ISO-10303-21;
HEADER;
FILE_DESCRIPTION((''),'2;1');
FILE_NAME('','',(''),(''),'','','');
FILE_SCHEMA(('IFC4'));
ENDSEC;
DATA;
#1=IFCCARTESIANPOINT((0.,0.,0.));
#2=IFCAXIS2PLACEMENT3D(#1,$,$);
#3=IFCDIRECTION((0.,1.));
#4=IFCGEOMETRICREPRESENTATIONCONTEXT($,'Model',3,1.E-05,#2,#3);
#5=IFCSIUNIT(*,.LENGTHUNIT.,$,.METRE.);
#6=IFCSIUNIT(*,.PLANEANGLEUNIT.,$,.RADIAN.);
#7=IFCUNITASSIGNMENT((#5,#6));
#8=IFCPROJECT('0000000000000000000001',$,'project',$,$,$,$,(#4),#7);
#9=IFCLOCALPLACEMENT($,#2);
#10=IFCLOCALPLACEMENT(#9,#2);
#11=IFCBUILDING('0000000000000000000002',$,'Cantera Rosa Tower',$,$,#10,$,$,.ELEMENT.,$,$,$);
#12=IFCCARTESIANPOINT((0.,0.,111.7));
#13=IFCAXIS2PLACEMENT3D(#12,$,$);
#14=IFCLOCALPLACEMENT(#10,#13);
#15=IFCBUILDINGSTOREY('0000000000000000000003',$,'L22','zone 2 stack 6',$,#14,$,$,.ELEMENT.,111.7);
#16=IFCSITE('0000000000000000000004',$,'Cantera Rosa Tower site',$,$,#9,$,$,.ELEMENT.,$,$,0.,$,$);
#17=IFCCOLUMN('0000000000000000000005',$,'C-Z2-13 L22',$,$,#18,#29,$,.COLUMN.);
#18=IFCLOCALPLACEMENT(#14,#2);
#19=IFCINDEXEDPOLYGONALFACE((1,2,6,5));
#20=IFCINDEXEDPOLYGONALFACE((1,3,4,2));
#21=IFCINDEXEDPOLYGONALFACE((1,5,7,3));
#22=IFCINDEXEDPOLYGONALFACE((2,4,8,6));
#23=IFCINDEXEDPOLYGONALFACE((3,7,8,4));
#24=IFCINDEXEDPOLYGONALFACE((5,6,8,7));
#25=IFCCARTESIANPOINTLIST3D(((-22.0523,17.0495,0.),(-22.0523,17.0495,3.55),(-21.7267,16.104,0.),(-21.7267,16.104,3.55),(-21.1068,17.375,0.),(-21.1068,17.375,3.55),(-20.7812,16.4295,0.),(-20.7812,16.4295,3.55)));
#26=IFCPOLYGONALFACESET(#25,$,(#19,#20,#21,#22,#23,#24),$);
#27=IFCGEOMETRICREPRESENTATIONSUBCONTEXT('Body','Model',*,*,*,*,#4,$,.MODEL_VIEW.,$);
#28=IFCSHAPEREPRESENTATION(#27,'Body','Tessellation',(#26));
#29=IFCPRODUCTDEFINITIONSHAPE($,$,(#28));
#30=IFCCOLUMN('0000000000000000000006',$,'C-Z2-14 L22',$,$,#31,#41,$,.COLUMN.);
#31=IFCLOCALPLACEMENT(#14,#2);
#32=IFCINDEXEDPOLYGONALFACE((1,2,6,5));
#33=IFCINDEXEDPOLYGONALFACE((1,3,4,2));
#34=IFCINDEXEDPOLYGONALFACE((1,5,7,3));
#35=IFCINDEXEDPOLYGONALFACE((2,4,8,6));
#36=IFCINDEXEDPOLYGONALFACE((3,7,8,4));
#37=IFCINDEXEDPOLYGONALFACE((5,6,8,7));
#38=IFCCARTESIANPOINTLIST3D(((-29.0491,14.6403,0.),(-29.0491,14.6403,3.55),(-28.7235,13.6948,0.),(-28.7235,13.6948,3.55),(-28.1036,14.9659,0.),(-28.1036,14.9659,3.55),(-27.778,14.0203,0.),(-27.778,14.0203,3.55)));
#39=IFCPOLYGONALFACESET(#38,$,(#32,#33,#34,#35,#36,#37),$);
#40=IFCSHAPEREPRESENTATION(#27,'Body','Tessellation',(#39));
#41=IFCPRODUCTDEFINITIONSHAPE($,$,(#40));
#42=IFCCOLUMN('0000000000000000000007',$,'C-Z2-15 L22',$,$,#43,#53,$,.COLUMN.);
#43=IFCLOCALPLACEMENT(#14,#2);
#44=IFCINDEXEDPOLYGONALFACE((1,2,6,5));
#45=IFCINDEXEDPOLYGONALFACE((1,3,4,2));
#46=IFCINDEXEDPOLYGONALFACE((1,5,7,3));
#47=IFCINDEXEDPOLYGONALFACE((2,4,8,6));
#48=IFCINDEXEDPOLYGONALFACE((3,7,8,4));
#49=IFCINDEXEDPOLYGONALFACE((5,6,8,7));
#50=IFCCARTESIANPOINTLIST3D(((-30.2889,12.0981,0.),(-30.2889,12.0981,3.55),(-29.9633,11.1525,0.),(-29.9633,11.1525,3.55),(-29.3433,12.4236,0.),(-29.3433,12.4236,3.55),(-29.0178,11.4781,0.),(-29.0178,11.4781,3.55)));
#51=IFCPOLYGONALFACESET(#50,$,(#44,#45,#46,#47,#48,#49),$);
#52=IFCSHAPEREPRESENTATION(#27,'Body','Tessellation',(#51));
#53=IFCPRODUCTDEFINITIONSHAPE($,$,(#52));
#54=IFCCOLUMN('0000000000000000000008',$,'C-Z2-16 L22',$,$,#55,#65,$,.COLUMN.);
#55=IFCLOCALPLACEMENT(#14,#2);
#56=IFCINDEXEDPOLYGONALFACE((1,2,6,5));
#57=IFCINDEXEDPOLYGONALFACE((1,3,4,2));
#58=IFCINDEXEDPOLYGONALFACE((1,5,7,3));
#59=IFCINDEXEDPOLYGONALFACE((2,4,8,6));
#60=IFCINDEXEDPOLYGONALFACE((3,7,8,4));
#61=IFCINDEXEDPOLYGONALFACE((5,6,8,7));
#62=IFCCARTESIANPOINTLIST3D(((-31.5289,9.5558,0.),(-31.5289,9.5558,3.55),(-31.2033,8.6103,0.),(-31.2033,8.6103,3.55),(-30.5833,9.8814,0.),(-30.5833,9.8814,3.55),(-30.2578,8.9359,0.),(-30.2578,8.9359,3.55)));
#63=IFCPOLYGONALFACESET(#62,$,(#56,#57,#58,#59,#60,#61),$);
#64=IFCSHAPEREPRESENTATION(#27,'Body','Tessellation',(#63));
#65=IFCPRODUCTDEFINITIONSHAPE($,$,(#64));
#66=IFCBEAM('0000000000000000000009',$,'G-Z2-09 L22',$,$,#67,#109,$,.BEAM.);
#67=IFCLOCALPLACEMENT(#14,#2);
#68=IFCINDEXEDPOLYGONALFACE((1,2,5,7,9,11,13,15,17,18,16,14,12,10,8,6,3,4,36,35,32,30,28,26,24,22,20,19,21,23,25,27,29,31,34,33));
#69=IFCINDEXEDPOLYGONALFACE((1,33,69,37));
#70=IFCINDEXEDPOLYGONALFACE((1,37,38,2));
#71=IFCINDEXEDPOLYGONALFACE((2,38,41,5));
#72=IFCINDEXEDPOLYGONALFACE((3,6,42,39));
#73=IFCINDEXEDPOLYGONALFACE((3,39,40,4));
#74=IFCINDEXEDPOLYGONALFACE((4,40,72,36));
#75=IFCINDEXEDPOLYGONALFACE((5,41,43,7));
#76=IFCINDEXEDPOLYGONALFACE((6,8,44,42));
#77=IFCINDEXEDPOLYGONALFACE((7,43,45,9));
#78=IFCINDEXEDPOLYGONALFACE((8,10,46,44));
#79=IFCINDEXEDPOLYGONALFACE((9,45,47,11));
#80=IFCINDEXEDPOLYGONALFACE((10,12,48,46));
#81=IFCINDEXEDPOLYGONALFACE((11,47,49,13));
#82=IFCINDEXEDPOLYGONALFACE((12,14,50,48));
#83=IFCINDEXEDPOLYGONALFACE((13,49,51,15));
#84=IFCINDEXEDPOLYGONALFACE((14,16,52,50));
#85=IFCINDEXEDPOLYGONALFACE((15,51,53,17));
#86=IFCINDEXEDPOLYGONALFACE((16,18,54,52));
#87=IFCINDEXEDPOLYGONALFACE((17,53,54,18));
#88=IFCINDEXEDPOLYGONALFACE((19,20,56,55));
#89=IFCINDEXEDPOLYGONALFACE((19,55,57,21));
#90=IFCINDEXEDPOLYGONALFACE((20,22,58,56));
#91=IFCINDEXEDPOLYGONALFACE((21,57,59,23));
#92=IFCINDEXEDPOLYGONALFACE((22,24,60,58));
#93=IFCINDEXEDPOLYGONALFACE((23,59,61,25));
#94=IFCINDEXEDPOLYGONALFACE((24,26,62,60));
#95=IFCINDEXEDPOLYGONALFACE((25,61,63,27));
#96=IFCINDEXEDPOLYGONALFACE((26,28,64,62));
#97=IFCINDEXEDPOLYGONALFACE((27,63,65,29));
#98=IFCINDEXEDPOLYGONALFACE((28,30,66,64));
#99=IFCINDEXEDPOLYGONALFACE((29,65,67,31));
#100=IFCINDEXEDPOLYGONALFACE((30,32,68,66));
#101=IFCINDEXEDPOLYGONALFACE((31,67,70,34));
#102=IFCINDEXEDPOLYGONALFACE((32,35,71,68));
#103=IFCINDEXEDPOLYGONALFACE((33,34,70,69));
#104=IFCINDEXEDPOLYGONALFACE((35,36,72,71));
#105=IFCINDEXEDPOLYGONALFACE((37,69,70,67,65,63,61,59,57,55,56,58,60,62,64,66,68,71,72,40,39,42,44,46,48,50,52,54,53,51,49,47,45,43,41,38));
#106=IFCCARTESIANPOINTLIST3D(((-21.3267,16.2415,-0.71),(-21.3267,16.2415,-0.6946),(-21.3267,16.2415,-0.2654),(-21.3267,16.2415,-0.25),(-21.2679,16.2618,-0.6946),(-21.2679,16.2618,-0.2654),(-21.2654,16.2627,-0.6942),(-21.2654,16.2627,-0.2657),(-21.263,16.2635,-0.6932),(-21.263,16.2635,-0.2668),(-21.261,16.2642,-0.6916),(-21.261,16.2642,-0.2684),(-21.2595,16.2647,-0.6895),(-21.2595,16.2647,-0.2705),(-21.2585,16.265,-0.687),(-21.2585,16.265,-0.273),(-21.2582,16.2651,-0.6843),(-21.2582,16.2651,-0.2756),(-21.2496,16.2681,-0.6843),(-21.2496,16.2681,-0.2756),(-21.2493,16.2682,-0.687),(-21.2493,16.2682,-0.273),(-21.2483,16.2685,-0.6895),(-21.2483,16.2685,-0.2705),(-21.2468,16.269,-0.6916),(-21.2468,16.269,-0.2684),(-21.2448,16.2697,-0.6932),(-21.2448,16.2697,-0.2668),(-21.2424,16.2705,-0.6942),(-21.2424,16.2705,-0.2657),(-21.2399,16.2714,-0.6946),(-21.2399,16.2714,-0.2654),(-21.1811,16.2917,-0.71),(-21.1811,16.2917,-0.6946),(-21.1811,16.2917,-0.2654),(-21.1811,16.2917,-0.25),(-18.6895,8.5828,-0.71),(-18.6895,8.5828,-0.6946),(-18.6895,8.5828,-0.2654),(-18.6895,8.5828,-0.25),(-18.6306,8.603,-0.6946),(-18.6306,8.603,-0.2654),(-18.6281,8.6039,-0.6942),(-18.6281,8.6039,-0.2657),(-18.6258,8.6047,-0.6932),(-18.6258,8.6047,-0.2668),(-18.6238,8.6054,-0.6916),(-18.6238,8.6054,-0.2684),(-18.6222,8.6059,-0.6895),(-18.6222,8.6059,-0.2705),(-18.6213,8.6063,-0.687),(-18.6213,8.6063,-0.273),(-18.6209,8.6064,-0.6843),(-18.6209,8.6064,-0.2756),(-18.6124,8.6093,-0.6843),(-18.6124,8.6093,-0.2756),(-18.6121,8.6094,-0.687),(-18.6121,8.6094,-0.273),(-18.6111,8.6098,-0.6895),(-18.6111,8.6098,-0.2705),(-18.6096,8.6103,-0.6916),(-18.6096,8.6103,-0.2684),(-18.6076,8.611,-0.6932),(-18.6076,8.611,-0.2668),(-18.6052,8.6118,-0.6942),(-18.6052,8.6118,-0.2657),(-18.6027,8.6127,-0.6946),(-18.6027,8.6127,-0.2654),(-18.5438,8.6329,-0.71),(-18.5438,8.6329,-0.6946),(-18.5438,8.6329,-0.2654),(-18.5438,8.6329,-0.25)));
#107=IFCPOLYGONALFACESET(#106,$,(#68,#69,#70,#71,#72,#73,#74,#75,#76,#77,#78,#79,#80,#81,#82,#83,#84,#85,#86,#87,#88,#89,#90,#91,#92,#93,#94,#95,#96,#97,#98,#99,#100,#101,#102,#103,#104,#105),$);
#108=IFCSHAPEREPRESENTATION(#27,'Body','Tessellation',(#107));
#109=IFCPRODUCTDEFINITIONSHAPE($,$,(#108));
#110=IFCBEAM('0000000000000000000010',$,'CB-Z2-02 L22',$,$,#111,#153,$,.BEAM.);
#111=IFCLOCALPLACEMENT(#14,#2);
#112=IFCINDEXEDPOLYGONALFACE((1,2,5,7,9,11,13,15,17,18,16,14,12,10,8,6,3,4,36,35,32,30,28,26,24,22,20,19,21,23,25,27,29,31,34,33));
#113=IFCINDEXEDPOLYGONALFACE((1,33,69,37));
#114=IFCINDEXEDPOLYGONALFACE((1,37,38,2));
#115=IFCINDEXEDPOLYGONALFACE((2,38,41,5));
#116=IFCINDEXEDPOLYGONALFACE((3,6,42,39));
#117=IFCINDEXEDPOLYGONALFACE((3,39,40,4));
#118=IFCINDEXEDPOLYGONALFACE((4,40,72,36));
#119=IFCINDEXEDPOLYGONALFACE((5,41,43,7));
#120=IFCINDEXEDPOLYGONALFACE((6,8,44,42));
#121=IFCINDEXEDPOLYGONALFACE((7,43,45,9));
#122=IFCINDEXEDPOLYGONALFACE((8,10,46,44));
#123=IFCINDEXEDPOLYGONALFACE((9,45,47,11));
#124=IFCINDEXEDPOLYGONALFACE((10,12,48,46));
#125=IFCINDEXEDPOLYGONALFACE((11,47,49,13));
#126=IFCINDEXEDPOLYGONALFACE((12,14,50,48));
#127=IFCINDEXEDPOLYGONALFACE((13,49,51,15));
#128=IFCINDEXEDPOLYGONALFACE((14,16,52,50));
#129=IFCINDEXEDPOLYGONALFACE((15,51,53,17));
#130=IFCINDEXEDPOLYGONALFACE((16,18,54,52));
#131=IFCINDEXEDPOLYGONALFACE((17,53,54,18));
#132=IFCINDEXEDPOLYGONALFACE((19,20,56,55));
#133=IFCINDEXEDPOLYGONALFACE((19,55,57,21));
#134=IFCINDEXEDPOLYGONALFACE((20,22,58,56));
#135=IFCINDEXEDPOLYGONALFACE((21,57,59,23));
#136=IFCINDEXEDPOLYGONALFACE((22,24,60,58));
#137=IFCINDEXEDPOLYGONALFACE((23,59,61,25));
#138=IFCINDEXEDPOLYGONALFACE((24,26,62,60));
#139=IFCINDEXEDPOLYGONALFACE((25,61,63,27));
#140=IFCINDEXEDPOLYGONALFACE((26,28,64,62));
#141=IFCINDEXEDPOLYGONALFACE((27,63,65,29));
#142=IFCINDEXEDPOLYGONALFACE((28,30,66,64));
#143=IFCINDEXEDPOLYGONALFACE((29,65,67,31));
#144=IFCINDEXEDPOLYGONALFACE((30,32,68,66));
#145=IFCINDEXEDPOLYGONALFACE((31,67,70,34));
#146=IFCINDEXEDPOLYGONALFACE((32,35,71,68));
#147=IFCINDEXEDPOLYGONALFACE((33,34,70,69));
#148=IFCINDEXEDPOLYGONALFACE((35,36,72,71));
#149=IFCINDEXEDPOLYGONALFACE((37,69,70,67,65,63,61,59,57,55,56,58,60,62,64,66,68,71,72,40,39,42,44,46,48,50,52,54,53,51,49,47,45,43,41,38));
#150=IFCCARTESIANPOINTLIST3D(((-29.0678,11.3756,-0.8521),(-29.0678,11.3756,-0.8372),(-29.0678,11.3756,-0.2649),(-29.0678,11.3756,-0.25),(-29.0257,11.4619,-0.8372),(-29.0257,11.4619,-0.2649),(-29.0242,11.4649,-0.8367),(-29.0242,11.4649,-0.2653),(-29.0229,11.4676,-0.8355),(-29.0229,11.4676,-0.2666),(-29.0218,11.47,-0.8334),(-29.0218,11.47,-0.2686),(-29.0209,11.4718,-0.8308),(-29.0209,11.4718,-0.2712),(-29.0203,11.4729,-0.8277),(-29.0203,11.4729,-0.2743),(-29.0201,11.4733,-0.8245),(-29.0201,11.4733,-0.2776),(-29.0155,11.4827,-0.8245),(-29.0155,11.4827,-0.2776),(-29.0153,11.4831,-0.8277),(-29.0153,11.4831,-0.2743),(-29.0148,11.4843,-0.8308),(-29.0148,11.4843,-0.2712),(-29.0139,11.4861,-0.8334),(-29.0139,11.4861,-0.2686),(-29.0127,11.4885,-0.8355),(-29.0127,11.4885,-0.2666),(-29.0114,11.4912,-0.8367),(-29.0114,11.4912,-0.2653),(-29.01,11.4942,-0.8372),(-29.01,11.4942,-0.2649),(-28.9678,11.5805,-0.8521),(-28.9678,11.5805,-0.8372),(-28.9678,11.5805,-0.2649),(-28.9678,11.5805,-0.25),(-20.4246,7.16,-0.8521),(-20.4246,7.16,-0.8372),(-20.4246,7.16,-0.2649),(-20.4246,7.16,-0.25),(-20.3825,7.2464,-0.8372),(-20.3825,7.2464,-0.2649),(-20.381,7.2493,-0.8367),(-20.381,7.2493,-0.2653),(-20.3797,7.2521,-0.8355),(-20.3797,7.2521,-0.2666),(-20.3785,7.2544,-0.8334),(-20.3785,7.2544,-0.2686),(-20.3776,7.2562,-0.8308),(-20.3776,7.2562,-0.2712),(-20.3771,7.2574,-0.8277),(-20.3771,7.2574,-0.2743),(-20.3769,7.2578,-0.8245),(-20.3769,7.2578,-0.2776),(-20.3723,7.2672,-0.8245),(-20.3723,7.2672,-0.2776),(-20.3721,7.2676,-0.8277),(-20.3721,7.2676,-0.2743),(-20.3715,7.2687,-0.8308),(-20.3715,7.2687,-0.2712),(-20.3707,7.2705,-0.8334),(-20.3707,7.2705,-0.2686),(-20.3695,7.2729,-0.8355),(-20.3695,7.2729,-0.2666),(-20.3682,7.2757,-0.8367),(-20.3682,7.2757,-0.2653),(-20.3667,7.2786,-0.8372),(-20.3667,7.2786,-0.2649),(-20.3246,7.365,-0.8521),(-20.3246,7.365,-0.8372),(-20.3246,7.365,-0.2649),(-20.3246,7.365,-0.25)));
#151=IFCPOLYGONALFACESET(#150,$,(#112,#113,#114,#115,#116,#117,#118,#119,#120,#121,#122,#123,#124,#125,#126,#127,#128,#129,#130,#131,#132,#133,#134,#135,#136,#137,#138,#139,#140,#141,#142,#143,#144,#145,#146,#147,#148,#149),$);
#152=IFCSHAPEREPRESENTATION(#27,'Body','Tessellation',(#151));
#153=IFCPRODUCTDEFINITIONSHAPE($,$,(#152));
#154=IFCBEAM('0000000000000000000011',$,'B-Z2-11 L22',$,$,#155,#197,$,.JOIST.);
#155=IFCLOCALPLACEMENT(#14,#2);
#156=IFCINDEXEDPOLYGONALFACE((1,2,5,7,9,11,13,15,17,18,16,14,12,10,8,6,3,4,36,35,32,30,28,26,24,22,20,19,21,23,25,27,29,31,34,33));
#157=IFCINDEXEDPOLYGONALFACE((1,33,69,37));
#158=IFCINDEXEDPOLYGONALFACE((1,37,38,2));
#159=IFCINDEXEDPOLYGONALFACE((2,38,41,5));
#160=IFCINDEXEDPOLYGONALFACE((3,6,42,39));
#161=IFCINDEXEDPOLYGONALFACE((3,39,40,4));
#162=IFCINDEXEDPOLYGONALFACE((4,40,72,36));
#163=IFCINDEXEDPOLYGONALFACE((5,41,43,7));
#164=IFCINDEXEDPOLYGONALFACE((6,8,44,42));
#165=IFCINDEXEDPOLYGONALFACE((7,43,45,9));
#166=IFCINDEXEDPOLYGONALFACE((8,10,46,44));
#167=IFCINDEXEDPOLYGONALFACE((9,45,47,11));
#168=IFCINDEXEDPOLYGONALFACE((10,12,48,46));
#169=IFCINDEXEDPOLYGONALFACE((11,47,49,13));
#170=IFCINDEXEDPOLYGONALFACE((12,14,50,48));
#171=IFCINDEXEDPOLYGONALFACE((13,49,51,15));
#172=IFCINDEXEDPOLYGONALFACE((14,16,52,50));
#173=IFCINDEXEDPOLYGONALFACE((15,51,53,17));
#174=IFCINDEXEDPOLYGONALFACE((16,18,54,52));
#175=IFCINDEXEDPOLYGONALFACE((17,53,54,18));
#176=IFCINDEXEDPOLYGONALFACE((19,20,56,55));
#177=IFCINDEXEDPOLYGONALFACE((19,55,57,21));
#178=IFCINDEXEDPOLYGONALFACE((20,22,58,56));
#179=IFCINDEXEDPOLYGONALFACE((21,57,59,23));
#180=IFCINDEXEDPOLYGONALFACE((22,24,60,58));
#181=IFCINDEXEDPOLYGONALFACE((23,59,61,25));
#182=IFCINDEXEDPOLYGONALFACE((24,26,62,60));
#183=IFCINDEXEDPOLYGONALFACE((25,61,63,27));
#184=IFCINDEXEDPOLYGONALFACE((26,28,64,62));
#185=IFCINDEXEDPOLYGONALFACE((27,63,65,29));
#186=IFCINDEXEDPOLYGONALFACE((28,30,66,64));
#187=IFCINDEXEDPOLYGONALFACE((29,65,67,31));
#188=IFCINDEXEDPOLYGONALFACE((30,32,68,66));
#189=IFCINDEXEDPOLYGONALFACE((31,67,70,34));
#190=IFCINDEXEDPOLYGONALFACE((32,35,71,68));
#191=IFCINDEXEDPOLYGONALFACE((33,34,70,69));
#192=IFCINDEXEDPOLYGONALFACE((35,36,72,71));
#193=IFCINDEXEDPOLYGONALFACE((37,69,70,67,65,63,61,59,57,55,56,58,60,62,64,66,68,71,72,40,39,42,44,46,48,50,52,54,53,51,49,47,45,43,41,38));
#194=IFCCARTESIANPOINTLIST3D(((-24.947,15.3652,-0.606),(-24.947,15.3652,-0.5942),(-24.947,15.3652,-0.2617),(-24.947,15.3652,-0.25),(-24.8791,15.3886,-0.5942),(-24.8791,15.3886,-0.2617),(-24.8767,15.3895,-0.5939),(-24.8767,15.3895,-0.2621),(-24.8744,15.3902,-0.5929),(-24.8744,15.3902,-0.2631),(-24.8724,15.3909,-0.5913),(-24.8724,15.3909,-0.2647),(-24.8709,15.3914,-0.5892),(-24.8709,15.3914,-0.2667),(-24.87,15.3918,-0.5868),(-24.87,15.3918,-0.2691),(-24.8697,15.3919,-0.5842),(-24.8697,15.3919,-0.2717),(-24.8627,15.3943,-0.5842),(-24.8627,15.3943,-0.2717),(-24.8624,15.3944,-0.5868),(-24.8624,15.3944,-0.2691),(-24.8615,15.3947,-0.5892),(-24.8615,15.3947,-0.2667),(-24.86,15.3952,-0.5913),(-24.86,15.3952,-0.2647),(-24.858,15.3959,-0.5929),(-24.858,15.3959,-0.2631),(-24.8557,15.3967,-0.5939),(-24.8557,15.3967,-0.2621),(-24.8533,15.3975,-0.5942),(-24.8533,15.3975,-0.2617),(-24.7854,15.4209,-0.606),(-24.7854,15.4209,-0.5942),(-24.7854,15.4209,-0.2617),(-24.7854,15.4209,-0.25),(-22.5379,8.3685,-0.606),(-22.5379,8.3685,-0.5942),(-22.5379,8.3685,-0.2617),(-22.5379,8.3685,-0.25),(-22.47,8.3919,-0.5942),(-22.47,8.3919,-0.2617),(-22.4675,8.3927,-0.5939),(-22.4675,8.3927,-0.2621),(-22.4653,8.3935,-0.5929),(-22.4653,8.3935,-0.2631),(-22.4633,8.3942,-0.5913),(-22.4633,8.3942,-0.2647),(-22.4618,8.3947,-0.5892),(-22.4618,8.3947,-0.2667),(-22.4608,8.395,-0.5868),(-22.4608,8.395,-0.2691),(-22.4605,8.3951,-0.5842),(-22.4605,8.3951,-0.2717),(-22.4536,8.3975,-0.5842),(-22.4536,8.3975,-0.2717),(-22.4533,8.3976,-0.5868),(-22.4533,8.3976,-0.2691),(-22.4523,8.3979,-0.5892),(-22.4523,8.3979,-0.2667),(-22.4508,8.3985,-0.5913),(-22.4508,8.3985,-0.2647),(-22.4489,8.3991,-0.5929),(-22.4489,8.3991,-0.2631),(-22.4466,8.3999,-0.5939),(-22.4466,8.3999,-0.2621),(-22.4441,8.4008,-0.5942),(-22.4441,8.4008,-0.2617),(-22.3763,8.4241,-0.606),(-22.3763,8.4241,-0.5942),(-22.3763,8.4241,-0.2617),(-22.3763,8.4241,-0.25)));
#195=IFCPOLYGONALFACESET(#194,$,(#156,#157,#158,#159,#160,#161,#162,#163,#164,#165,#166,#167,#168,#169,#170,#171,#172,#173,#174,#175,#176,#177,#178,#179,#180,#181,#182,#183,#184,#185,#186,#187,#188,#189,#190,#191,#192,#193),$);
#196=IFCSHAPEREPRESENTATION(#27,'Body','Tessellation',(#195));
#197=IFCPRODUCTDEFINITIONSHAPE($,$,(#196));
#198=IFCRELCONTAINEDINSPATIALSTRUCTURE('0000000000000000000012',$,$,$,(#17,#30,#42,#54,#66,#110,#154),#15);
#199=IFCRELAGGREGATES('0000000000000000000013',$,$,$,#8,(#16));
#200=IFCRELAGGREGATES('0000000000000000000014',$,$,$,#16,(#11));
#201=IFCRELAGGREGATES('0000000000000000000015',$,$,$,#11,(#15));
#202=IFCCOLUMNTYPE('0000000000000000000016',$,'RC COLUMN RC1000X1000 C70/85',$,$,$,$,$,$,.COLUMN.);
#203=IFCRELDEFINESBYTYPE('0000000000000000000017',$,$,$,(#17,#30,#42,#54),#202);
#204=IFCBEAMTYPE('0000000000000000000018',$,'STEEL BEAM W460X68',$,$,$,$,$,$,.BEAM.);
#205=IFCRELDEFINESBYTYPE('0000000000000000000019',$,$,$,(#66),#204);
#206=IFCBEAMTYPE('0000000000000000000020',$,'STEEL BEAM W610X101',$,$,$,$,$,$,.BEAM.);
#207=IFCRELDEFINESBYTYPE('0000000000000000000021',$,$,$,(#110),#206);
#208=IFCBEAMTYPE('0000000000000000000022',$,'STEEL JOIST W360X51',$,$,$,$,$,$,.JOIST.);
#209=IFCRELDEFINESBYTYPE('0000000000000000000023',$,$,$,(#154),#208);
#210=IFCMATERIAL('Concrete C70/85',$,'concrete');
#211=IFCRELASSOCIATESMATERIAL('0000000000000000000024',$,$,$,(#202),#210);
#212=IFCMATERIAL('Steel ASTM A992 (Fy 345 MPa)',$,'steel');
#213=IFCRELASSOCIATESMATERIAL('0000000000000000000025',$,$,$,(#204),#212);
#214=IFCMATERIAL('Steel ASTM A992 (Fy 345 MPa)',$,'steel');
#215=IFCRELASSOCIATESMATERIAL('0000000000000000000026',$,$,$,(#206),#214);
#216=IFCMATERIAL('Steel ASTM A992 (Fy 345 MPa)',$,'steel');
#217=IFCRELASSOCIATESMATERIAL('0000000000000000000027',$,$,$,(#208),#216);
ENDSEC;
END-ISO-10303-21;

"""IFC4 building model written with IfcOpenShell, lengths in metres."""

from ifc_helpers import new_model, si_unit, direction, frame, origin, origin_2d, place, context, subcontext, project, spatial, rectangle, i_section, extrude, material, material_profile, profile_set, type_object, element, save


model = new_model("IFC4")

# Units and contexts
model_context = context("Model", 3, precision=1e-05, world=origin(), true_north=direction((0.0, 1.0)))
body_context = subcontext(model_context, "Body", "Model", "MODEL_VIEW")
ifc_project = project(units=[si_unit("LENGTHUNIT", "METRE"), si_unit("PLANEANGLEUNIT", "RADIAN")], contexts=[model_context])

# Site, building, storey
site_placement = place(None, origin())
site = spatial("IfcSite", under=ifc_project, at=site_placement, Name="Cantera Rosa Tower site", CompositionType="ELEMENT", RefElevation=0.0)
building_placement = place(site_placement, origin())
building = spatial("IfcBuilding", under=site, at=building_placement, Name="Cantera Rosa Tower", CompositionType="ELEMENT")
storey_placement = place(building_placement, frame((0.0, 0.0, 111.7)))
storey = spatial("IfcBuildingStorey", under=building, at=storey_placement, Name="L22", Description="zone 2 stack 6", CompositionType="ELEMENT", Elevation=111.7)

# Columns
ifc_material_1 = material(Name="Concrete C70/85", Category="concrete")
ifc_material_profile_1 = material_profile(ifc_material_1, rectangle(XDim=1.0, YDim=1.0, at=origin_2d()), Name="RC COLUMN RC1000X1000 C70/85")
ifc_profile_set_1 = profile_set([ifc_material_profile_1], Name="Concrete C70/85")
column_type = type_object("IfcColumnType", Name="RC COLUMN RC1000X1000 C70/85", PredefinedType="COLUMN", material=ifc_profile_set_1)
for number, where, z_axis, x_axis, name in (
    (1, (-21.4167, 16.7395, 0.0), (0.0, 0.0, 1.0), (0.945519, 0.325568, 0.0), "C-Z2-13 L22"),
    (2, (-28.4136, 14.3303, 0.0), (0.0, 0.0, 1.0), (0.945519, 0.325568, 0.0), "C-Z2-14 L22"),
    (3, (-29.6533, 11.7881, 0.0), (0.0, 0.0, 1.0), (0.945519, 0.325568, 0.0), "C-Z2-15 L22"),
    (4, (-30.8933, 9.2458, 0.0), (0.0, 0.0, 1.0), (0.945519, 0.325568, 0.0), "C-Z2-16 L22"),
):
    element("IfcColumn", number, at=place(storey_placement, frame(where, z_axis=z_axis, x_axis=x_axis)), inside=storey, type_object=column_type, Name=name, PredefinedType="COLUMN", context=body_context, shape_type="SweptSolid", body=[
        extrude(rectangle(XDim=1.0, YDim=1.0, at=origin_2d()), origin(), (0.0, 0.0, 1.0), 3.55),
    ])

# Beams
ifc_material_2 = material(Name="Steel ASTM A992 (Fy 345 MPa)", Category="steel")
ifc_material_profile_2 = material_profile(ifc_material_2, i_section(OverallWidth=0.1541, OverallDepth=0.46, WebThickness=0.009, FlangeThickness=0.0154, FilletRadius=0.0103, at=origin_2d()), Name="W460X68")
ifc_profile_set_2 = profile_set([ifc_material_profile_2], Name="Steel ASTM A992 (Fy 345 MPa)")
beam_type_1 = type_object("IfcBeamType", Name="STEEL BEAM W460X68", PredefinedType="BEAM", material=ifc_profile_set_2)
beam_1_placement = place(storey_placement, frame((-21.2539, 16.2666, -0.48), z_axis=(0.32558, -0.945514, 0.0), x_axis=(0.945514, 0.32558, 0.0)))
element("IfcBeam", 5, at=beam_1_placement, inside=storey, type_object=beam_type_1, Name="G-Z2-09 L22", PredefinedType="BEAM", context=body_context, shape_type="SweptSolid", body=[
    extrude(i_section(OverallWidth=0.1541, OverallDepth=0.46, WebThickness=0.009, FlangeThickness=0.0154, FilletRadius=0.0103, at=origin_2d()), origin(), (0.0, 0.0, 1.0), 8.1001),
])
ifc_material_3 = material(Name="Steel ASTM A992 (Fy 345 MPa)", Category="steel")
ifc_material_profile_3 = material_profile(ifc_material_3, i_section(OverallWidth=0.228, OverallDepth=0.6021, WebThickness=0.0105, FlangeThickness=0.0149, FilletRadius=0.0127, at=origin_2d()), Name="W610X101")
ifc_profile_set_3 = profile_set([ifc_material_profile_3], Name="Steel ASTM A992 (Fy 345 MPa)")
beam_type_2 = type_object("IfcBeamType", Name="STEEL BEAM W610X101", PredefinedType="BEAM", material=ifc_profile_set_3)
beam_2_placement = place(storey_placement, frame((-29.0178, 11.478, -0.551), z_axis=(0.898796, -0.438367, 0.0), x_axis=(0.438367, 0.898796, 0.0)))
element("IfcBeam", 6, at=beam_2_placement, inside=storey, type_object=beam_type_2, Name="CB-Z2-02 L22", PredefinedType="BEAM", context=body_context, shape_type="SweptSolid", body=[
    extrude(i_section(OverallWidth=0.228, OverallDepth=0.6021, WebThickness=0.0105, FlangeThickness=0.0149, FilletRadius=0.0127, at=origin_2d()), origin(), (0.0, 0.0, 1.0), 9.6165),
])
ifc_material_4 = material(Name="Steel ASTM A992 (Fy 345 MPa)", Category="steel")
ifc_material_profile_4 = material_profile(ifc_material_4, i_section(OverallWidth=0.1709, OverallDepth=0.356, WebThickness=0.0073, FlangeThickness=0.0117, FilletRadius=0.01, at=origin_2d()), Name="W360X51")
ifc_profile_set_4 = profile_set([ifc_material_profile_4], Name="Steel ASTM A992 (Fy 345 MPa)")
beam_type_3 = type_object("IfcBeamType", Name="STEEL JOIST W360X51", PredefinedType="JOIST", material=ifc_profile_set_4)
beam_3_placement = place(storey_placement, frame((-24.8662, 15.3931, -0.428), z_axis=(0.325566, -0.945519, 0.0), x_axis=(0.945519, 0.325566, 0.0)))
element("IfcBeam", 7, at=beam_3_placement, inside=storey, type_object=beam_type_3, Name="B-Z2-11 L22", PredefinedType="JOIST", context=body_context, shape_type="SweptSolid", body=[
    extrude(i_section(OverallWidth=0.1709, OverallDepth=0.356, WebThickness=0.0073, FlangeThickness=0.0117, FilletRadius=0.01, at=origin_2d()), origin(), (0.0, 0.0, 1.0), 7.3999),
])

save(model, "model.ifc")
